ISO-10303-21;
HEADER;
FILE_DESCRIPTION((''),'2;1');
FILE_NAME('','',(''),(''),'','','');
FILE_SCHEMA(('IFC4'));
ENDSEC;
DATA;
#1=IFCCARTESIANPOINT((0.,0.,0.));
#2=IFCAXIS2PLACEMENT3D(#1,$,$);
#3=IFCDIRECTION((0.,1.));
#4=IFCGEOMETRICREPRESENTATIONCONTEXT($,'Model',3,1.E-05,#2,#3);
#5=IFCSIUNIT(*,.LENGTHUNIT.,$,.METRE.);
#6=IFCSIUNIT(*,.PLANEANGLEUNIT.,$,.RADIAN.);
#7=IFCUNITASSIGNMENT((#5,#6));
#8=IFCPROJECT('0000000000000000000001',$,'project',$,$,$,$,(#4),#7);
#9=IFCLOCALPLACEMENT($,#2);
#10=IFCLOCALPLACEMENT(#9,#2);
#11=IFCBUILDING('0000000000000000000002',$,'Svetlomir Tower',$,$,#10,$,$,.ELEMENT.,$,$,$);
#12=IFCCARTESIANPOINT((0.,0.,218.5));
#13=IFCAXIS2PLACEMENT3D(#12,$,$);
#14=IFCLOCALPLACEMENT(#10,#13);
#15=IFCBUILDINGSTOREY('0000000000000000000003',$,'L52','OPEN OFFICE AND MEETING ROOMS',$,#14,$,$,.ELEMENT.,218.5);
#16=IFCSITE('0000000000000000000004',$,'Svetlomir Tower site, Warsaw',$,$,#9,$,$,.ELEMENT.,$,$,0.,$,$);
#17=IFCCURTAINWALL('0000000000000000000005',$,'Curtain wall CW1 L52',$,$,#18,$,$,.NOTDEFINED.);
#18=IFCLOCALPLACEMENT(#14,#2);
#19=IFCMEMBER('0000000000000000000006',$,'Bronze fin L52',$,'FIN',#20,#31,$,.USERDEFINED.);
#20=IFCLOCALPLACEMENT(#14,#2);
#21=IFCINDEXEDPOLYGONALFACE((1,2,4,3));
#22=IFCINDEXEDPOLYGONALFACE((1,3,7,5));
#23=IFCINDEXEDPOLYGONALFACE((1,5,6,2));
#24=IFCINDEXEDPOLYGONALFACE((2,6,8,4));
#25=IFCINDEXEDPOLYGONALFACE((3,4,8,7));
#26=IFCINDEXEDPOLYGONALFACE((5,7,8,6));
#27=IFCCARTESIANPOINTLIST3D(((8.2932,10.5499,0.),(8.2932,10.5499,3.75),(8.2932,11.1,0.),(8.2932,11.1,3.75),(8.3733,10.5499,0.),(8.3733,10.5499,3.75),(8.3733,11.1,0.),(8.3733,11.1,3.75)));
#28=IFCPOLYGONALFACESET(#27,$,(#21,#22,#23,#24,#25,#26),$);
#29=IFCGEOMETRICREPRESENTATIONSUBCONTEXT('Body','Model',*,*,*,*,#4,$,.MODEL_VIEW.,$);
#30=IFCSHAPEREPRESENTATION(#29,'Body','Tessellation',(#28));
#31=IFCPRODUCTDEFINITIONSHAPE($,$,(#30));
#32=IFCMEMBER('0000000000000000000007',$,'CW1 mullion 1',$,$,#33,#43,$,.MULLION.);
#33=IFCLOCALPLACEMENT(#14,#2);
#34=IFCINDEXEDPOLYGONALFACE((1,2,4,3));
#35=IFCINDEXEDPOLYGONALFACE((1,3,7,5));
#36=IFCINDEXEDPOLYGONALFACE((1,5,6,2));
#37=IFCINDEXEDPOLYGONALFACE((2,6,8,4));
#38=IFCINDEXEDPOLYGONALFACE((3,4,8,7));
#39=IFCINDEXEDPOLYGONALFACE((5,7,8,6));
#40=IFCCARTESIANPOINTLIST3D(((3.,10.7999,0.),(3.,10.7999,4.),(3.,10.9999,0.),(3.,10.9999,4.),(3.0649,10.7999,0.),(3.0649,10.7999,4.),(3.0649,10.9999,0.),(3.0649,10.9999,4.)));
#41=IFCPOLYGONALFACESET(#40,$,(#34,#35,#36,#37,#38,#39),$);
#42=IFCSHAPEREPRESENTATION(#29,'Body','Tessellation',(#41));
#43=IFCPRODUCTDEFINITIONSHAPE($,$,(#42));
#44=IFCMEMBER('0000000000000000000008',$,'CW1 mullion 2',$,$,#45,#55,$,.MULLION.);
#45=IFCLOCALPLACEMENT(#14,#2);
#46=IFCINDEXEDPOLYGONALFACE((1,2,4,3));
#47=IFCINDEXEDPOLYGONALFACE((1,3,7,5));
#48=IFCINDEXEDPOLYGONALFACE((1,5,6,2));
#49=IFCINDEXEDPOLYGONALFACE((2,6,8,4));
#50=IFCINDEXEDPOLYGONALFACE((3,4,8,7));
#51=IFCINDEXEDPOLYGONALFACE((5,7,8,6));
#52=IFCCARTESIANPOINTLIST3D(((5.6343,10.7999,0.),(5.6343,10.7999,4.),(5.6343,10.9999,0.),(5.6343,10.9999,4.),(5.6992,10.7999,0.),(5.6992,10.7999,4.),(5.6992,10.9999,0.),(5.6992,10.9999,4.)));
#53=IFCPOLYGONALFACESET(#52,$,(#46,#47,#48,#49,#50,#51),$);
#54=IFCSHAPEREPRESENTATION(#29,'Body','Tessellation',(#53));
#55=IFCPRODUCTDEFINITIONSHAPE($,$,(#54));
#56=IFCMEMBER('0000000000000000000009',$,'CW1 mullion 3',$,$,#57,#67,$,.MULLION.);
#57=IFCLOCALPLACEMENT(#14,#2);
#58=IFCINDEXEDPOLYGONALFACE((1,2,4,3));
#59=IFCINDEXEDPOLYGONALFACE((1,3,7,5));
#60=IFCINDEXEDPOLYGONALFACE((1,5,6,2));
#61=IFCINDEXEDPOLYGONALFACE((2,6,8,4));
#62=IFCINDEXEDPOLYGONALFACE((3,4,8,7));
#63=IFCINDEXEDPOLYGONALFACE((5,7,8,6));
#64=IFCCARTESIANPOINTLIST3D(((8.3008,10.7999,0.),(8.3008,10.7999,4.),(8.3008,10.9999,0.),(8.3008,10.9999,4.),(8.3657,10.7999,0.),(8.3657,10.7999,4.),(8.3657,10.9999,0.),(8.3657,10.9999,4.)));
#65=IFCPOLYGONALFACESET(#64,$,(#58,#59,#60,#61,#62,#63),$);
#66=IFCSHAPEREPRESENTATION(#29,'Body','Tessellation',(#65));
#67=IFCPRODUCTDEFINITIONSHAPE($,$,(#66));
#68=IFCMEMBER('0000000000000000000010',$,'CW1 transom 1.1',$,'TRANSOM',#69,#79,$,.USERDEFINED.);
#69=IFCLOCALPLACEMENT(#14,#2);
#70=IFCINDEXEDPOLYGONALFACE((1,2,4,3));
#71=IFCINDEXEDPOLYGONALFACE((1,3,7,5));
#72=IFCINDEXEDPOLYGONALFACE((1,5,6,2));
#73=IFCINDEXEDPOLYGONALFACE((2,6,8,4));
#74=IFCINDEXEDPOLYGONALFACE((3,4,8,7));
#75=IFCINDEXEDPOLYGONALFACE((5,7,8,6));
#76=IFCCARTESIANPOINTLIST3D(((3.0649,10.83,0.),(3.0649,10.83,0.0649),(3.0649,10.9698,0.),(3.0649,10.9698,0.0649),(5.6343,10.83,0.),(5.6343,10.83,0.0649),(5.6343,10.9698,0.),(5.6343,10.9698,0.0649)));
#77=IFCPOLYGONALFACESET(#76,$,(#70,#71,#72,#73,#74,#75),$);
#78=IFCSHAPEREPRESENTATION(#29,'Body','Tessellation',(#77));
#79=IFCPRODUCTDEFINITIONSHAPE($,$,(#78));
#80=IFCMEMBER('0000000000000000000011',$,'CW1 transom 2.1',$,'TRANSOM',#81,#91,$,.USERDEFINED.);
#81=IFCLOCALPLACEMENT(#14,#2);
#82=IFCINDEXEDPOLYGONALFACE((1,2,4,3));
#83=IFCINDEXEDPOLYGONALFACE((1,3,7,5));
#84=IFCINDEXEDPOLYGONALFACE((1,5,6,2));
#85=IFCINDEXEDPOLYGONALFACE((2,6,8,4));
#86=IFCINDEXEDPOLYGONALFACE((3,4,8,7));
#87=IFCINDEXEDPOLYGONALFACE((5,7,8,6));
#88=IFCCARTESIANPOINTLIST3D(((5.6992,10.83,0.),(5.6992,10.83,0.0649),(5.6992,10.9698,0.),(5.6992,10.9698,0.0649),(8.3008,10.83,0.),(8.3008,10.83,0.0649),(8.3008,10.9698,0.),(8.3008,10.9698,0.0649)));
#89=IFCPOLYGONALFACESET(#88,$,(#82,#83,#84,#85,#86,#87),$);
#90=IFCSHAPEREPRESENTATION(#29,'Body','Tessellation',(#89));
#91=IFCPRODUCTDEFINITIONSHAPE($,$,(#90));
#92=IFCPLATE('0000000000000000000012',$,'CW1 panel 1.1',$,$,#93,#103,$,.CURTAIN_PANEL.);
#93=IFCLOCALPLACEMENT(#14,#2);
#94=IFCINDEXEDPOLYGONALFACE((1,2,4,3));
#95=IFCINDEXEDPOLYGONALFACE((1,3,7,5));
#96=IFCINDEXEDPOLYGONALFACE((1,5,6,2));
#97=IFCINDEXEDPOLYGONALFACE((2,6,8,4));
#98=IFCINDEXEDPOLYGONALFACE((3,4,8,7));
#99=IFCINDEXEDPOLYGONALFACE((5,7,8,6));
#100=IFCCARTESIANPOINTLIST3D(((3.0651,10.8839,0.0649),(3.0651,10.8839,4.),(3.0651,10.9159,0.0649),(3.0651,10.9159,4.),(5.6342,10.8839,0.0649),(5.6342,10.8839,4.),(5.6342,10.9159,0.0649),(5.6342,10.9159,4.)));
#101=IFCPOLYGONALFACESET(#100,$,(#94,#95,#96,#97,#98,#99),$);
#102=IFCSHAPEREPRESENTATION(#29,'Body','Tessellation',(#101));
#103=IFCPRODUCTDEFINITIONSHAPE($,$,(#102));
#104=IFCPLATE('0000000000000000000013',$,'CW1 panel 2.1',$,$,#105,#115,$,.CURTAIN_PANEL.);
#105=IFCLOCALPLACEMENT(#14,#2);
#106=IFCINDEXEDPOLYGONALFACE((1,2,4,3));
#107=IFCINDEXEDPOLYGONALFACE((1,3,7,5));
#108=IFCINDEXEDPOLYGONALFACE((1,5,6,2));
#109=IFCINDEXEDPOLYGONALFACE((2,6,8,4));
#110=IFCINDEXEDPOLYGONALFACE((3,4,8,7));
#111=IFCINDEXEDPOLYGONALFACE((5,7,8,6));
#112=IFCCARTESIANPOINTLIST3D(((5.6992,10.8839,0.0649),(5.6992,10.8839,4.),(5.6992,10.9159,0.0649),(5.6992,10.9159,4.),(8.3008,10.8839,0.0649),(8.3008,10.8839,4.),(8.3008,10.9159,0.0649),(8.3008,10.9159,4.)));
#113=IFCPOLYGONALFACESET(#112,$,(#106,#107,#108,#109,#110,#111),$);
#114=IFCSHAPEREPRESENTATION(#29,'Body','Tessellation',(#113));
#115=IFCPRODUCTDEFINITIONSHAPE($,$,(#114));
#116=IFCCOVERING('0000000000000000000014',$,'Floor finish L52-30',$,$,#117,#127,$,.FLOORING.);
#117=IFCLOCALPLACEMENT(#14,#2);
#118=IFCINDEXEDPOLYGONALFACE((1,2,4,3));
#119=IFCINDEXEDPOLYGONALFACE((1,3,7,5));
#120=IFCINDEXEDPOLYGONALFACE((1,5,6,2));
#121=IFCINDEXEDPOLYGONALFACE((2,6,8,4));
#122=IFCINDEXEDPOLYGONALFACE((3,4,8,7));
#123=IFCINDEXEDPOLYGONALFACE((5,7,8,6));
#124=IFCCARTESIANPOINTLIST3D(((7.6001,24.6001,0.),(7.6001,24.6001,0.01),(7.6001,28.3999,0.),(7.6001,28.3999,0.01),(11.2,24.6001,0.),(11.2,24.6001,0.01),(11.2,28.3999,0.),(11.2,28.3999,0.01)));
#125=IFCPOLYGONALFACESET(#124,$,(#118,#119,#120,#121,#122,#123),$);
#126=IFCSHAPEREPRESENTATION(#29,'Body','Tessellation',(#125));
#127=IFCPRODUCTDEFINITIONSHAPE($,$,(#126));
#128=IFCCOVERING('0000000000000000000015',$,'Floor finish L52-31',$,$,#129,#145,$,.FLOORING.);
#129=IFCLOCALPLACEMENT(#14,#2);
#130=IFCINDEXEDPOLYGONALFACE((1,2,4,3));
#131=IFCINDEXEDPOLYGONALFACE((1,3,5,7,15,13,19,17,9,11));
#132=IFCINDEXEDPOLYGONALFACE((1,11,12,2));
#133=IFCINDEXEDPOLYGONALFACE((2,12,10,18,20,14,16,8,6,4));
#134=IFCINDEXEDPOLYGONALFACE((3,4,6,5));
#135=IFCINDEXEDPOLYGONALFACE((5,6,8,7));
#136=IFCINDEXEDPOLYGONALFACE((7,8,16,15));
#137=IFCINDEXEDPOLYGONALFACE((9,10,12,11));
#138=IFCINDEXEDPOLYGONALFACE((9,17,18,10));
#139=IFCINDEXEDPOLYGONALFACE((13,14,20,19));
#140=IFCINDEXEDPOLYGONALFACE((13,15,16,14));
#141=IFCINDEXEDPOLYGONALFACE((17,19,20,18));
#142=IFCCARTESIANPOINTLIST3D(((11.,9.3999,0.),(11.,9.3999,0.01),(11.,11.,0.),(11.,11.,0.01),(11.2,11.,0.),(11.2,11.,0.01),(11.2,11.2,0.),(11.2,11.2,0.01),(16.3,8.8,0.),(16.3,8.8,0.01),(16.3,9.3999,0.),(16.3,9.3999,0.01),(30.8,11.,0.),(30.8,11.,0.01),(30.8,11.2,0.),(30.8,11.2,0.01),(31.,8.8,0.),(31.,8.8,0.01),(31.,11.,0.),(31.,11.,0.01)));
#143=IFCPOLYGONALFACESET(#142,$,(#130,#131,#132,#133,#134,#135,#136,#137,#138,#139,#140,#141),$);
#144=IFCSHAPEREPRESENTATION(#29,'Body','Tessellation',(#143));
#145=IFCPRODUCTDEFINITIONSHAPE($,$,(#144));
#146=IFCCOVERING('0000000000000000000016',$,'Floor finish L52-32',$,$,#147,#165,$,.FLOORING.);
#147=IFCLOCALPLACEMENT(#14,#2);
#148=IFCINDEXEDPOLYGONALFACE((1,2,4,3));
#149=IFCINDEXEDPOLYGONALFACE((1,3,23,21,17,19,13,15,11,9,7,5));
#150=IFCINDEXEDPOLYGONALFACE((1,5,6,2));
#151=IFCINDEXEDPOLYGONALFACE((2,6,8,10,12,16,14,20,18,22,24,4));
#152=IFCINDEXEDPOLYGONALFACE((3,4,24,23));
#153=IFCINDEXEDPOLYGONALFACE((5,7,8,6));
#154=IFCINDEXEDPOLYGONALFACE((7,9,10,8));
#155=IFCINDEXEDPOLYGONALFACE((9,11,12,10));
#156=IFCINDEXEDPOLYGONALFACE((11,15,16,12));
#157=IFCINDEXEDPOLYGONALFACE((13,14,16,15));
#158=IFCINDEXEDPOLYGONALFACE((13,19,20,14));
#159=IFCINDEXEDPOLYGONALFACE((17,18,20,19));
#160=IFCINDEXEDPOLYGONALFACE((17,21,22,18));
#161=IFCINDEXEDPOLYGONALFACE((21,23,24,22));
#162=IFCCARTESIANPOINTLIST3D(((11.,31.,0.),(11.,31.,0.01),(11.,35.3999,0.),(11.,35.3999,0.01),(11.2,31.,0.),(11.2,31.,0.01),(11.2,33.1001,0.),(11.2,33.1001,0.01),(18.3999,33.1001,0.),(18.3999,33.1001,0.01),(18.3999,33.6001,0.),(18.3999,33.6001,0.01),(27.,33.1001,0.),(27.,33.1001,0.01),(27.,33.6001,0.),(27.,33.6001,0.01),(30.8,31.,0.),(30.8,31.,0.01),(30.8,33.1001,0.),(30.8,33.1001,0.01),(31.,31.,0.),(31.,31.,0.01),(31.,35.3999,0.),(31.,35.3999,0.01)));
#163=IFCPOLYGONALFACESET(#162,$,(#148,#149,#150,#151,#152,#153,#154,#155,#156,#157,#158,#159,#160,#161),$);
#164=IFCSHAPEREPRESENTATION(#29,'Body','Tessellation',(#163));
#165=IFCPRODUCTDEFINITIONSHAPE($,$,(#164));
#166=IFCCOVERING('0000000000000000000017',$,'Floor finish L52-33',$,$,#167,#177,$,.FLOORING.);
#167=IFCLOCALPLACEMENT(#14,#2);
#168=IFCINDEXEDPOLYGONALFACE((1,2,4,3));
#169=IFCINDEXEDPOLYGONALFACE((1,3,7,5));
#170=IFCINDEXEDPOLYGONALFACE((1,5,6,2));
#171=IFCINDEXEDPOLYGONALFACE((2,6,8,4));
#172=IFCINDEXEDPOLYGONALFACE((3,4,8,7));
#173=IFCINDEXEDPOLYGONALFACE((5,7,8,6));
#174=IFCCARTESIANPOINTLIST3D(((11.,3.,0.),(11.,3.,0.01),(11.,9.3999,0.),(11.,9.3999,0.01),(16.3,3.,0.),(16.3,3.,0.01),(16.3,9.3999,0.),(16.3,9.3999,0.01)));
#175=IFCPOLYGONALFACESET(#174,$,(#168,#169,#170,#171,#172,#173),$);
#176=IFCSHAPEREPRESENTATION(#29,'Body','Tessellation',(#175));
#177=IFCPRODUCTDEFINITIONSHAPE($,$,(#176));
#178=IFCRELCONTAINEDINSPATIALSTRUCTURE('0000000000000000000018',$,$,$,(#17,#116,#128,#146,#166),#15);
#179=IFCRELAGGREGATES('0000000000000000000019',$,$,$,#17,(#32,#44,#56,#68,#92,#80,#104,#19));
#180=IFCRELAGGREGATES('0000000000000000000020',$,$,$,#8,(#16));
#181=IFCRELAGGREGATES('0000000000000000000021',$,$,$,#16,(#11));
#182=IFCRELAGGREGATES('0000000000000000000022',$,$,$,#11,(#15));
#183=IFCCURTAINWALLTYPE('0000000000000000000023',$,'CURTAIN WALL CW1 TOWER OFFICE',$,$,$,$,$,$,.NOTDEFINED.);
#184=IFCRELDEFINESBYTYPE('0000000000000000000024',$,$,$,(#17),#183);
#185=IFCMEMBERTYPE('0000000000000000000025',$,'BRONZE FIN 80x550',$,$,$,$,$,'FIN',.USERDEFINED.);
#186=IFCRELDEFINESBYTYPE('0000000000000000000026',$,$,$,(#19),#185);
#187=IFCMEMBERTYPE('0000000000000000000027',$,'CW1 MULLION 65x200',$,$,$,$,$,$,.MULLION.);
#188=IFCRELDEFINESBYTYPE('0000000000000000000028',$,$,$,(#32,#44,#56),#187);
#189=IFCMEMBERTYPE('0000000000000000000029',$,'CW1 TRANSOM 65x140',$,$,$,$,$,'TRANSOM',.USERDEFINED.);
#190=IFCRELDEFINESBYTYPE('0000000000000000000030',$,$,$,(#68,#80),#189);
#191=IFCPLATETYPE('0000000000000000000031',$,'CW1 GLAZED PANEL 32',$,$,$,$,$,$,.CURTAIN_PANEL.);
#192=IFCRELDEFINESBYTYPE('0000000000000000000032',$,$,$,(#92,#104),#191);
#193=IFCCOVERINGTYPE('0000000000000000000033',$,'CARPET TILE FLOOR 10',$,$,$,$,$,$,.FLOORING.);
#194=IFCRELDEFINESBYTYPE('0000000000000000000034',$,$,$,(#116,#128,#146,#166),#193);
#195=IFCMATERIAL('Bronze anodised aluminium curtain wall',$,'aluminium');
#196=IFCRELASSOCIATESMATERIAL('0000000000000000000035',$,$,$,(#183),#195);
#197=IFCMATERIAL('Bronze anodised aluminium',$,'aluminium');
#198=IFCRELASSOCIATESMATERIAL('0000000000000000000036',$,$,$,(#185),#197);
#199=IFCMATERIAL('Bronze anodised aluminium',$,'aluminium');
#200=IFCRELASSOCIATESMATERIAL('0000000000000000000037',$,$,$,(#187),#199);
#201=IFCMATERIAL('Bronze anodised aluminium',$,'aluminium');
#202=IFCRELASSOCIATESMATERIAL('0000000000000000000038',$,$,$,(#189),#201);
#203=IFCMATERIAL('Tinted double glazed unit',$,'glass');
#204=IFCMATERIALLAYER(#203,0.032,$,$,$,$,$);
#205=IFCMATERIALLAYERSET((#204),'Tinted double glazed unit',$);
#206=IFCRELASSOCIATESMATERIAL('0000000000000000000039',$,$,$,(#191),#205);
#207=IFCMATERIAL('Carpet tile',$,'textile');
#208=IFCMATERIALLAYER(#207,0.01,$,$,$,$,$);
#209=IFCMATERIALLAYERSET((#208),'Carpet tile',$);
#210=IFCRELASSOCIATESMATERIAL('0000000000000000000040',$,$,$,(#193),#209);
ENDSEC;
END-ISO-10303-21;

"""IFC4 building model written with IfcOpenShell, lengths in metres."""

from ifc_helpers import new_model, si_unit, direction, frame, origin, origin_2d, place, context, subcontext, project, spatial, polyline, rectangle, outline, extrude, material, layer, layer_set, material_profile, profile_set, type_object, element, aggregate, save


model = new_model("IFC4")

# Units and contexts
model_context = context("Model", 3, precision=1e-05, world=origin(), true_north=direction((0.0, 1.0)))
body_context = subcontext(model_context, "Body", "Model", "MODEL_VIEW")
ifc_project = project(units=[si_unit("LENGTHUNIT", "METRE"), si_unit("PLANEANGLEUNIT", "RADIAN")], contexts=[model_context])

# Site, building, storey
site_placement = place(None, origin())
site = spatial("IfcSite", under=ifc_project, at=site_placement, Name="Svetlomir Tower site, Warsaw", CompositionType="ELEMENT", RefElevation=0.0)
building_placement = place(site_placement, origin())
building = spatial("IfcBuilding", under=site, at=building_placement, Name="Svetlomir Tower", CompositionType="ELEMENT")
storey_placement = place(building_placement, frame((0.0, 0.0, 218.5)))
storey = spatial("IfcBuildingStorey", under=building, at=storey_placement, Name="L52", Description="OPEN OFFICE AND MEETING ROOMS", CompositionType="ELEMENT", Elevation=218.5)

# Curtain wall, members, plates
ifc_material_1 = material(Name="Bronze anodised aluminium curtain wall", Category="aluminium")
curtain_wall_type = type_object("IfcCurtainWallType", Name="CURTAIN WALL CW1 TOWER OFFICE", PredefinedType="NOTDEFINED", material=ifc_material_1)
curtain_wall_placement = place(storey_placement, origin())
curtain_wall = element("IfcCurtainWall", 1, at=curtain_wall_placement, inside=storey, type_object=curtain_wall_type, Name="Curtain wall CW1 L52", PredefinedType="NOTDEFINED")
ifc_material_2 = material(Name="Bronze anodised aluminium", Category="aluminium")
ifc_material_profile_1 = material_profile(ifc_material_2, rectangle(XDim=0.0801, YDim=0.55, at=origin_2d()), Name="FIN 80x550")
ifc_profile_set_1 = profile_set([ifc_material_profile_1], Name="Bronze anodised aluminium 6063-T6")
member_type_1 = type_object("IfcMemberType", Name="BRONZE FIN 80x550", ElementType="FIN", PredefinedType="USERDEFINED", material=ifc_profile_set_1)
member_1_placement = place(storey_placement, frame((8.3333, 10.825, 0.0), z_axis=(0.0, 0.0, 1.0), x_axis=(1.0, 0.0, 0.0)))
member_1 = element("IfcMember", 2, at=member_1_placement, type_object=member_type_1, Name="Bronze fin L52", ObjectType="FIN", PredefinedType="USERDEFINED", context=body_context, shape_type="SweptSolid", body=[
    extrude(rectangle(XDim=0.0801, YDim=0.55, at=origin_2d()), origin(), (0.0, 0.0, 1.0), 3.75),
])
ifc_material_3 = material(Name="Bronze anodised aluminium", Category="aluminium")
ifc_material_profile_2 = material_profile(ifc_material_3, rectangle(XDim=0.0649, YDim=0.2, at=origin_2d()), Name="AL 65x200")
ifc_profile_set_2 = profile_set([ifc_material_profile_2], Name="Bronze anodised aluminium 6063-T6")
member_type_2 = type_object("IfcMemberType", Name="CW1 MULLION 65x200", PredefinedType="MULLION", material=ifc_profile_set_2)
member_2_placement = place(storey_placement, frame((3.0325, 10.8999, 0.0), z_axis=(0.0, 0.0, 1.0), x_axis=(1.0, 0.0, 0.0)))
member_2 = element("IfcMember", 3, at=member_2_placement, type_object=member_type_2, Name="CW1 mullion 1", PredefinedType="MULLION", context=body_context, shape_type="SweptSolid", body=[
    extrude(rectangle(XDim=0.0649, YDim=0.2, at=origin_2d()), origin(), (0.0, 0.0, 1.0), 4.0),
])
member_3_placement = place(storey_placement, frame((5.6667, 10.8999, 0.0), z_axis=(0.0, 0.0, 1.0), x_axis=(1.0, 0.0, 0.0)))
member_3 = element("IfcMember", 4, at=member_3_placement, type_object=member_type_2, Name="CW1 mullion 2", PredefinedType="MULLION", context=body_context, shape_type="SweptSolid", body=[
    extrude(rectangle(XDim=0.0649, YDim=0.2, at=origin_2d()), origin(), (0.0, 0.0, 1.0), 4.0),
])
member_4_placement = place(storey_placement, frame((8.3333, 10.8999, 0.0), z_axis=(0.0, 0.0, 1.0), x_axis=(1.0, 0.0, 0.0)))
member_4 = element("IfcMember", 5, at=member_4_placement, type_object=member_type_2, Name="CW1 mullion 3", PredefinedType="MULLION", context=body_context, shape_type="SweptSolid", body=[
    extrude(rectangle(XDim=0.0649, YDim=0.2, at=origin_2d()), origin(), (0.0, 0.0, 1.0), 4.0),
])
ifc_material_4 = material(Name="Bronze anodised aluminium", Category="aluminium")
ifc_material_profile_3 = material_profile(ifc_material_4, rectangle(XDim=0.1399, YDim=0.0649, at=origin_2d()), Name="AL 140x65")
ifc_profile_set_3 = profile_set([ifc_material_profile_3], Name="Bronze anodised aluminium 6063-T6")
member_type_3 = type_object("IfcMemberType", Name="CW1 TRANSOM 65x140", ElementType="TRANSOM", PredefinedType="USERDEFINED", material=ifc_profile_set_3)
member_5_placement = place(storey_placement, frame((3.0649, 10.8999, 0.0325), z_axis=(1.0, 0.0, 0.0), x_axis=(0.0, 1.0, 0.0)))
member_5 = element("IfcMember", 6, at=member_5_placement, type_object=member_type_3, Name="CW1 transom 1.1", ObjectType="TRANSOM", PredefinedType="USERDEFINED", context=body_context, shape_type="SweptSolid", body=[
    extrude(rectangle(XDim=0.1399, YDim=0.0649, at=origin_2d()), origin(), (0.0, 0.0, 1.0), 2.5693),
])
member_6_placement = place(storey_placement, frame((5.6992, 10.8999, 0.0325), z_axis=(1.0, 0.0, 0.0), x_axis=(0.0, 1.0, 0.0)))
member_6 = element("IfcMember", 7, at=member_6_placement, type_object=member_type_3, Name="CW1 transom 2.1", ObjectType="TRANSOM", PredefinedType="USERDEFINED", context=body_context, shape_type="SweptSolid", body=[
    extrude(rectangle(XDim=0.1399, YDim=0.0649, at=origin_2d()), origin(), (0.0, 0.0, 1.0), 2.6016),
])
ifc_material_5 = material(Name="Tinted double glazed unit", Category="glass")
ifc_layer_1 = layer(ifc_material_5, 0.032)
ifc_layer_set_1 = layer_set([ifc_layer_1], Name="Tinted double glazed unit")
plate_type = type_object("IfcPlateType", Name="CW1 GLAZED PANEL 32", PredefinedType="CURTAIN_PANEL", material=ifc_layer_set_1)
plate_1_placement = place(storey_placement, frame((4.3496, 10.8999, 0.0649), z_axis=(0.0, 0.0, 1.0), x_axis=(1.0, 0.0, 0.0)))
plate_1 = element("IfcPlate", 8, at=plate_1_placement, type_object=plate_type, Name="CW1 panel 1.1", PredefinedType="CURTAIN_PANEL", context=body_context, shape_type="SweptSolid", body=[
    extrude(rectangle(XDim=2.5691, YDim=0.032, at=origin_2d()), origin(), (0.0, 0.0, 1.0), 3.9351),
])
plate_2_placement = place(storey_placement, frame((7.0, 10.8999, 0.0649), z_axis=(0.0, 0.0, 1.0), x_axis=(1.0, 0.0, 0.0)))
plate_2 = element("IfcPlate", 9, at=plate_2_placement, type_object=plate_type, Name="CW1 panel 2.1", PredefinedType="CURTAIN_PANEL", context=body_context, shape_type="SweptSolid", body=[
    extrude(rectangle(XDim=2.6016, YDim=0.032, at=origin_2d()), origin(), (0.0, 0.0, 1.0), 3.9351),
])
aggregate(curtain_wall, [member_2, member_3, member_4, member_5, plate_1, member_6, plate_2, member_1])

# Coverings
ifc_material_6 = material(Name="Carpet tile", Category="textile")
ifc_layer_2 = layer(ifc_material_6, 0.01)
ifc_layer_set_2 = layer_set([ifc_layer_2], Name="Carpet tile")
covering_type_1 = type_object("IfcCoveringType", Name="CARPET TILE FLOOR 10", PredefinedType="FLOORING", material=ifc_layer_set_2)
covering_1_placement = place(storey_placement, origin())
element("IfcCovering", 10, at=covering_1_placement, inside=storey, type_object=covering_type_1, Name="Floor finish L52-30", PredefinedType="FLOORING", context=body_context, shape_type="SweptSolid", body=[
    extrude(outline(polyline([(7.6001, 24.6001), (11.2, 24.6001), (11.2, 28.3999), (7.6001, 28.3999), (7.6001, 24.6001)])), origin(), (0.0, 0.0, 1.0), 0.01),
])
covering_2_placement = place(storey_placement, origin())
element("IfcCovering", 11, at=covering_2_placement, inside=storey, type_object=covering_type_1, Name="Floor finish L52-31", PredefinedType="FLOORING", context=body_context, shape_type="SweptSolid", body=[
    extrude(outline(polyline([(16.3, 8.8), (16.3, 9.3999), (11.0, 9.3999), (11.0, 11.0), (11.2, 11.0), (11.2, 11.2), (30.8, 11.2), (30.8, 11.0), (31.0, 11.0), (31.0, 8.8), (16.3, 8.8)])), origin(), (0.0, 0.0, 1.0), 0.01),
])
covering_3_placement = place(storey_placement, origin())
element("IfcCovering", 12, at=covering_3_placement, inside=storey, type_object=covering_type_1, Name="Floor finish L52-32", PredefinedType="FLOORING", context=body_context, shape_type="SweptSolid", body=[
    extrude(outline(polyline([(18.3999, 33.6001), (18.3999, 33.1001), (11.2, 33.1001), (11.2, 31.0), (11.0, 31.0), (11.0, 35.3999), (31.0, 35.3999), (31.0, 31.0), (30.8, 31.0), (30.8, 33.1001), (27.0, 33.1001), (27.0, 33.6001), (18.3999, 33.6001)])), origin(), (0.0, 0.0, 1.0), 0.01),
])
covering_4_placement = place(storey_placement, origin())
element("IfcCovering", 13, at=covering_4_placement, inside=storey, type_object=covering_type_1, Name="Floor finish L52-33", PredefinedType="FLOORING", context=body_context, shape_type="SweptSolid", body=[
    extrude(outline(polyline([(16.3, 9.3999), (16.3, 3.0), (11.0, 3.0), (11.0, 9.3999), (16.3, 9.3999)])), origin(), (0.0, 0.0, 1.0), 0.01),
])

save(model, "model.ifc")
